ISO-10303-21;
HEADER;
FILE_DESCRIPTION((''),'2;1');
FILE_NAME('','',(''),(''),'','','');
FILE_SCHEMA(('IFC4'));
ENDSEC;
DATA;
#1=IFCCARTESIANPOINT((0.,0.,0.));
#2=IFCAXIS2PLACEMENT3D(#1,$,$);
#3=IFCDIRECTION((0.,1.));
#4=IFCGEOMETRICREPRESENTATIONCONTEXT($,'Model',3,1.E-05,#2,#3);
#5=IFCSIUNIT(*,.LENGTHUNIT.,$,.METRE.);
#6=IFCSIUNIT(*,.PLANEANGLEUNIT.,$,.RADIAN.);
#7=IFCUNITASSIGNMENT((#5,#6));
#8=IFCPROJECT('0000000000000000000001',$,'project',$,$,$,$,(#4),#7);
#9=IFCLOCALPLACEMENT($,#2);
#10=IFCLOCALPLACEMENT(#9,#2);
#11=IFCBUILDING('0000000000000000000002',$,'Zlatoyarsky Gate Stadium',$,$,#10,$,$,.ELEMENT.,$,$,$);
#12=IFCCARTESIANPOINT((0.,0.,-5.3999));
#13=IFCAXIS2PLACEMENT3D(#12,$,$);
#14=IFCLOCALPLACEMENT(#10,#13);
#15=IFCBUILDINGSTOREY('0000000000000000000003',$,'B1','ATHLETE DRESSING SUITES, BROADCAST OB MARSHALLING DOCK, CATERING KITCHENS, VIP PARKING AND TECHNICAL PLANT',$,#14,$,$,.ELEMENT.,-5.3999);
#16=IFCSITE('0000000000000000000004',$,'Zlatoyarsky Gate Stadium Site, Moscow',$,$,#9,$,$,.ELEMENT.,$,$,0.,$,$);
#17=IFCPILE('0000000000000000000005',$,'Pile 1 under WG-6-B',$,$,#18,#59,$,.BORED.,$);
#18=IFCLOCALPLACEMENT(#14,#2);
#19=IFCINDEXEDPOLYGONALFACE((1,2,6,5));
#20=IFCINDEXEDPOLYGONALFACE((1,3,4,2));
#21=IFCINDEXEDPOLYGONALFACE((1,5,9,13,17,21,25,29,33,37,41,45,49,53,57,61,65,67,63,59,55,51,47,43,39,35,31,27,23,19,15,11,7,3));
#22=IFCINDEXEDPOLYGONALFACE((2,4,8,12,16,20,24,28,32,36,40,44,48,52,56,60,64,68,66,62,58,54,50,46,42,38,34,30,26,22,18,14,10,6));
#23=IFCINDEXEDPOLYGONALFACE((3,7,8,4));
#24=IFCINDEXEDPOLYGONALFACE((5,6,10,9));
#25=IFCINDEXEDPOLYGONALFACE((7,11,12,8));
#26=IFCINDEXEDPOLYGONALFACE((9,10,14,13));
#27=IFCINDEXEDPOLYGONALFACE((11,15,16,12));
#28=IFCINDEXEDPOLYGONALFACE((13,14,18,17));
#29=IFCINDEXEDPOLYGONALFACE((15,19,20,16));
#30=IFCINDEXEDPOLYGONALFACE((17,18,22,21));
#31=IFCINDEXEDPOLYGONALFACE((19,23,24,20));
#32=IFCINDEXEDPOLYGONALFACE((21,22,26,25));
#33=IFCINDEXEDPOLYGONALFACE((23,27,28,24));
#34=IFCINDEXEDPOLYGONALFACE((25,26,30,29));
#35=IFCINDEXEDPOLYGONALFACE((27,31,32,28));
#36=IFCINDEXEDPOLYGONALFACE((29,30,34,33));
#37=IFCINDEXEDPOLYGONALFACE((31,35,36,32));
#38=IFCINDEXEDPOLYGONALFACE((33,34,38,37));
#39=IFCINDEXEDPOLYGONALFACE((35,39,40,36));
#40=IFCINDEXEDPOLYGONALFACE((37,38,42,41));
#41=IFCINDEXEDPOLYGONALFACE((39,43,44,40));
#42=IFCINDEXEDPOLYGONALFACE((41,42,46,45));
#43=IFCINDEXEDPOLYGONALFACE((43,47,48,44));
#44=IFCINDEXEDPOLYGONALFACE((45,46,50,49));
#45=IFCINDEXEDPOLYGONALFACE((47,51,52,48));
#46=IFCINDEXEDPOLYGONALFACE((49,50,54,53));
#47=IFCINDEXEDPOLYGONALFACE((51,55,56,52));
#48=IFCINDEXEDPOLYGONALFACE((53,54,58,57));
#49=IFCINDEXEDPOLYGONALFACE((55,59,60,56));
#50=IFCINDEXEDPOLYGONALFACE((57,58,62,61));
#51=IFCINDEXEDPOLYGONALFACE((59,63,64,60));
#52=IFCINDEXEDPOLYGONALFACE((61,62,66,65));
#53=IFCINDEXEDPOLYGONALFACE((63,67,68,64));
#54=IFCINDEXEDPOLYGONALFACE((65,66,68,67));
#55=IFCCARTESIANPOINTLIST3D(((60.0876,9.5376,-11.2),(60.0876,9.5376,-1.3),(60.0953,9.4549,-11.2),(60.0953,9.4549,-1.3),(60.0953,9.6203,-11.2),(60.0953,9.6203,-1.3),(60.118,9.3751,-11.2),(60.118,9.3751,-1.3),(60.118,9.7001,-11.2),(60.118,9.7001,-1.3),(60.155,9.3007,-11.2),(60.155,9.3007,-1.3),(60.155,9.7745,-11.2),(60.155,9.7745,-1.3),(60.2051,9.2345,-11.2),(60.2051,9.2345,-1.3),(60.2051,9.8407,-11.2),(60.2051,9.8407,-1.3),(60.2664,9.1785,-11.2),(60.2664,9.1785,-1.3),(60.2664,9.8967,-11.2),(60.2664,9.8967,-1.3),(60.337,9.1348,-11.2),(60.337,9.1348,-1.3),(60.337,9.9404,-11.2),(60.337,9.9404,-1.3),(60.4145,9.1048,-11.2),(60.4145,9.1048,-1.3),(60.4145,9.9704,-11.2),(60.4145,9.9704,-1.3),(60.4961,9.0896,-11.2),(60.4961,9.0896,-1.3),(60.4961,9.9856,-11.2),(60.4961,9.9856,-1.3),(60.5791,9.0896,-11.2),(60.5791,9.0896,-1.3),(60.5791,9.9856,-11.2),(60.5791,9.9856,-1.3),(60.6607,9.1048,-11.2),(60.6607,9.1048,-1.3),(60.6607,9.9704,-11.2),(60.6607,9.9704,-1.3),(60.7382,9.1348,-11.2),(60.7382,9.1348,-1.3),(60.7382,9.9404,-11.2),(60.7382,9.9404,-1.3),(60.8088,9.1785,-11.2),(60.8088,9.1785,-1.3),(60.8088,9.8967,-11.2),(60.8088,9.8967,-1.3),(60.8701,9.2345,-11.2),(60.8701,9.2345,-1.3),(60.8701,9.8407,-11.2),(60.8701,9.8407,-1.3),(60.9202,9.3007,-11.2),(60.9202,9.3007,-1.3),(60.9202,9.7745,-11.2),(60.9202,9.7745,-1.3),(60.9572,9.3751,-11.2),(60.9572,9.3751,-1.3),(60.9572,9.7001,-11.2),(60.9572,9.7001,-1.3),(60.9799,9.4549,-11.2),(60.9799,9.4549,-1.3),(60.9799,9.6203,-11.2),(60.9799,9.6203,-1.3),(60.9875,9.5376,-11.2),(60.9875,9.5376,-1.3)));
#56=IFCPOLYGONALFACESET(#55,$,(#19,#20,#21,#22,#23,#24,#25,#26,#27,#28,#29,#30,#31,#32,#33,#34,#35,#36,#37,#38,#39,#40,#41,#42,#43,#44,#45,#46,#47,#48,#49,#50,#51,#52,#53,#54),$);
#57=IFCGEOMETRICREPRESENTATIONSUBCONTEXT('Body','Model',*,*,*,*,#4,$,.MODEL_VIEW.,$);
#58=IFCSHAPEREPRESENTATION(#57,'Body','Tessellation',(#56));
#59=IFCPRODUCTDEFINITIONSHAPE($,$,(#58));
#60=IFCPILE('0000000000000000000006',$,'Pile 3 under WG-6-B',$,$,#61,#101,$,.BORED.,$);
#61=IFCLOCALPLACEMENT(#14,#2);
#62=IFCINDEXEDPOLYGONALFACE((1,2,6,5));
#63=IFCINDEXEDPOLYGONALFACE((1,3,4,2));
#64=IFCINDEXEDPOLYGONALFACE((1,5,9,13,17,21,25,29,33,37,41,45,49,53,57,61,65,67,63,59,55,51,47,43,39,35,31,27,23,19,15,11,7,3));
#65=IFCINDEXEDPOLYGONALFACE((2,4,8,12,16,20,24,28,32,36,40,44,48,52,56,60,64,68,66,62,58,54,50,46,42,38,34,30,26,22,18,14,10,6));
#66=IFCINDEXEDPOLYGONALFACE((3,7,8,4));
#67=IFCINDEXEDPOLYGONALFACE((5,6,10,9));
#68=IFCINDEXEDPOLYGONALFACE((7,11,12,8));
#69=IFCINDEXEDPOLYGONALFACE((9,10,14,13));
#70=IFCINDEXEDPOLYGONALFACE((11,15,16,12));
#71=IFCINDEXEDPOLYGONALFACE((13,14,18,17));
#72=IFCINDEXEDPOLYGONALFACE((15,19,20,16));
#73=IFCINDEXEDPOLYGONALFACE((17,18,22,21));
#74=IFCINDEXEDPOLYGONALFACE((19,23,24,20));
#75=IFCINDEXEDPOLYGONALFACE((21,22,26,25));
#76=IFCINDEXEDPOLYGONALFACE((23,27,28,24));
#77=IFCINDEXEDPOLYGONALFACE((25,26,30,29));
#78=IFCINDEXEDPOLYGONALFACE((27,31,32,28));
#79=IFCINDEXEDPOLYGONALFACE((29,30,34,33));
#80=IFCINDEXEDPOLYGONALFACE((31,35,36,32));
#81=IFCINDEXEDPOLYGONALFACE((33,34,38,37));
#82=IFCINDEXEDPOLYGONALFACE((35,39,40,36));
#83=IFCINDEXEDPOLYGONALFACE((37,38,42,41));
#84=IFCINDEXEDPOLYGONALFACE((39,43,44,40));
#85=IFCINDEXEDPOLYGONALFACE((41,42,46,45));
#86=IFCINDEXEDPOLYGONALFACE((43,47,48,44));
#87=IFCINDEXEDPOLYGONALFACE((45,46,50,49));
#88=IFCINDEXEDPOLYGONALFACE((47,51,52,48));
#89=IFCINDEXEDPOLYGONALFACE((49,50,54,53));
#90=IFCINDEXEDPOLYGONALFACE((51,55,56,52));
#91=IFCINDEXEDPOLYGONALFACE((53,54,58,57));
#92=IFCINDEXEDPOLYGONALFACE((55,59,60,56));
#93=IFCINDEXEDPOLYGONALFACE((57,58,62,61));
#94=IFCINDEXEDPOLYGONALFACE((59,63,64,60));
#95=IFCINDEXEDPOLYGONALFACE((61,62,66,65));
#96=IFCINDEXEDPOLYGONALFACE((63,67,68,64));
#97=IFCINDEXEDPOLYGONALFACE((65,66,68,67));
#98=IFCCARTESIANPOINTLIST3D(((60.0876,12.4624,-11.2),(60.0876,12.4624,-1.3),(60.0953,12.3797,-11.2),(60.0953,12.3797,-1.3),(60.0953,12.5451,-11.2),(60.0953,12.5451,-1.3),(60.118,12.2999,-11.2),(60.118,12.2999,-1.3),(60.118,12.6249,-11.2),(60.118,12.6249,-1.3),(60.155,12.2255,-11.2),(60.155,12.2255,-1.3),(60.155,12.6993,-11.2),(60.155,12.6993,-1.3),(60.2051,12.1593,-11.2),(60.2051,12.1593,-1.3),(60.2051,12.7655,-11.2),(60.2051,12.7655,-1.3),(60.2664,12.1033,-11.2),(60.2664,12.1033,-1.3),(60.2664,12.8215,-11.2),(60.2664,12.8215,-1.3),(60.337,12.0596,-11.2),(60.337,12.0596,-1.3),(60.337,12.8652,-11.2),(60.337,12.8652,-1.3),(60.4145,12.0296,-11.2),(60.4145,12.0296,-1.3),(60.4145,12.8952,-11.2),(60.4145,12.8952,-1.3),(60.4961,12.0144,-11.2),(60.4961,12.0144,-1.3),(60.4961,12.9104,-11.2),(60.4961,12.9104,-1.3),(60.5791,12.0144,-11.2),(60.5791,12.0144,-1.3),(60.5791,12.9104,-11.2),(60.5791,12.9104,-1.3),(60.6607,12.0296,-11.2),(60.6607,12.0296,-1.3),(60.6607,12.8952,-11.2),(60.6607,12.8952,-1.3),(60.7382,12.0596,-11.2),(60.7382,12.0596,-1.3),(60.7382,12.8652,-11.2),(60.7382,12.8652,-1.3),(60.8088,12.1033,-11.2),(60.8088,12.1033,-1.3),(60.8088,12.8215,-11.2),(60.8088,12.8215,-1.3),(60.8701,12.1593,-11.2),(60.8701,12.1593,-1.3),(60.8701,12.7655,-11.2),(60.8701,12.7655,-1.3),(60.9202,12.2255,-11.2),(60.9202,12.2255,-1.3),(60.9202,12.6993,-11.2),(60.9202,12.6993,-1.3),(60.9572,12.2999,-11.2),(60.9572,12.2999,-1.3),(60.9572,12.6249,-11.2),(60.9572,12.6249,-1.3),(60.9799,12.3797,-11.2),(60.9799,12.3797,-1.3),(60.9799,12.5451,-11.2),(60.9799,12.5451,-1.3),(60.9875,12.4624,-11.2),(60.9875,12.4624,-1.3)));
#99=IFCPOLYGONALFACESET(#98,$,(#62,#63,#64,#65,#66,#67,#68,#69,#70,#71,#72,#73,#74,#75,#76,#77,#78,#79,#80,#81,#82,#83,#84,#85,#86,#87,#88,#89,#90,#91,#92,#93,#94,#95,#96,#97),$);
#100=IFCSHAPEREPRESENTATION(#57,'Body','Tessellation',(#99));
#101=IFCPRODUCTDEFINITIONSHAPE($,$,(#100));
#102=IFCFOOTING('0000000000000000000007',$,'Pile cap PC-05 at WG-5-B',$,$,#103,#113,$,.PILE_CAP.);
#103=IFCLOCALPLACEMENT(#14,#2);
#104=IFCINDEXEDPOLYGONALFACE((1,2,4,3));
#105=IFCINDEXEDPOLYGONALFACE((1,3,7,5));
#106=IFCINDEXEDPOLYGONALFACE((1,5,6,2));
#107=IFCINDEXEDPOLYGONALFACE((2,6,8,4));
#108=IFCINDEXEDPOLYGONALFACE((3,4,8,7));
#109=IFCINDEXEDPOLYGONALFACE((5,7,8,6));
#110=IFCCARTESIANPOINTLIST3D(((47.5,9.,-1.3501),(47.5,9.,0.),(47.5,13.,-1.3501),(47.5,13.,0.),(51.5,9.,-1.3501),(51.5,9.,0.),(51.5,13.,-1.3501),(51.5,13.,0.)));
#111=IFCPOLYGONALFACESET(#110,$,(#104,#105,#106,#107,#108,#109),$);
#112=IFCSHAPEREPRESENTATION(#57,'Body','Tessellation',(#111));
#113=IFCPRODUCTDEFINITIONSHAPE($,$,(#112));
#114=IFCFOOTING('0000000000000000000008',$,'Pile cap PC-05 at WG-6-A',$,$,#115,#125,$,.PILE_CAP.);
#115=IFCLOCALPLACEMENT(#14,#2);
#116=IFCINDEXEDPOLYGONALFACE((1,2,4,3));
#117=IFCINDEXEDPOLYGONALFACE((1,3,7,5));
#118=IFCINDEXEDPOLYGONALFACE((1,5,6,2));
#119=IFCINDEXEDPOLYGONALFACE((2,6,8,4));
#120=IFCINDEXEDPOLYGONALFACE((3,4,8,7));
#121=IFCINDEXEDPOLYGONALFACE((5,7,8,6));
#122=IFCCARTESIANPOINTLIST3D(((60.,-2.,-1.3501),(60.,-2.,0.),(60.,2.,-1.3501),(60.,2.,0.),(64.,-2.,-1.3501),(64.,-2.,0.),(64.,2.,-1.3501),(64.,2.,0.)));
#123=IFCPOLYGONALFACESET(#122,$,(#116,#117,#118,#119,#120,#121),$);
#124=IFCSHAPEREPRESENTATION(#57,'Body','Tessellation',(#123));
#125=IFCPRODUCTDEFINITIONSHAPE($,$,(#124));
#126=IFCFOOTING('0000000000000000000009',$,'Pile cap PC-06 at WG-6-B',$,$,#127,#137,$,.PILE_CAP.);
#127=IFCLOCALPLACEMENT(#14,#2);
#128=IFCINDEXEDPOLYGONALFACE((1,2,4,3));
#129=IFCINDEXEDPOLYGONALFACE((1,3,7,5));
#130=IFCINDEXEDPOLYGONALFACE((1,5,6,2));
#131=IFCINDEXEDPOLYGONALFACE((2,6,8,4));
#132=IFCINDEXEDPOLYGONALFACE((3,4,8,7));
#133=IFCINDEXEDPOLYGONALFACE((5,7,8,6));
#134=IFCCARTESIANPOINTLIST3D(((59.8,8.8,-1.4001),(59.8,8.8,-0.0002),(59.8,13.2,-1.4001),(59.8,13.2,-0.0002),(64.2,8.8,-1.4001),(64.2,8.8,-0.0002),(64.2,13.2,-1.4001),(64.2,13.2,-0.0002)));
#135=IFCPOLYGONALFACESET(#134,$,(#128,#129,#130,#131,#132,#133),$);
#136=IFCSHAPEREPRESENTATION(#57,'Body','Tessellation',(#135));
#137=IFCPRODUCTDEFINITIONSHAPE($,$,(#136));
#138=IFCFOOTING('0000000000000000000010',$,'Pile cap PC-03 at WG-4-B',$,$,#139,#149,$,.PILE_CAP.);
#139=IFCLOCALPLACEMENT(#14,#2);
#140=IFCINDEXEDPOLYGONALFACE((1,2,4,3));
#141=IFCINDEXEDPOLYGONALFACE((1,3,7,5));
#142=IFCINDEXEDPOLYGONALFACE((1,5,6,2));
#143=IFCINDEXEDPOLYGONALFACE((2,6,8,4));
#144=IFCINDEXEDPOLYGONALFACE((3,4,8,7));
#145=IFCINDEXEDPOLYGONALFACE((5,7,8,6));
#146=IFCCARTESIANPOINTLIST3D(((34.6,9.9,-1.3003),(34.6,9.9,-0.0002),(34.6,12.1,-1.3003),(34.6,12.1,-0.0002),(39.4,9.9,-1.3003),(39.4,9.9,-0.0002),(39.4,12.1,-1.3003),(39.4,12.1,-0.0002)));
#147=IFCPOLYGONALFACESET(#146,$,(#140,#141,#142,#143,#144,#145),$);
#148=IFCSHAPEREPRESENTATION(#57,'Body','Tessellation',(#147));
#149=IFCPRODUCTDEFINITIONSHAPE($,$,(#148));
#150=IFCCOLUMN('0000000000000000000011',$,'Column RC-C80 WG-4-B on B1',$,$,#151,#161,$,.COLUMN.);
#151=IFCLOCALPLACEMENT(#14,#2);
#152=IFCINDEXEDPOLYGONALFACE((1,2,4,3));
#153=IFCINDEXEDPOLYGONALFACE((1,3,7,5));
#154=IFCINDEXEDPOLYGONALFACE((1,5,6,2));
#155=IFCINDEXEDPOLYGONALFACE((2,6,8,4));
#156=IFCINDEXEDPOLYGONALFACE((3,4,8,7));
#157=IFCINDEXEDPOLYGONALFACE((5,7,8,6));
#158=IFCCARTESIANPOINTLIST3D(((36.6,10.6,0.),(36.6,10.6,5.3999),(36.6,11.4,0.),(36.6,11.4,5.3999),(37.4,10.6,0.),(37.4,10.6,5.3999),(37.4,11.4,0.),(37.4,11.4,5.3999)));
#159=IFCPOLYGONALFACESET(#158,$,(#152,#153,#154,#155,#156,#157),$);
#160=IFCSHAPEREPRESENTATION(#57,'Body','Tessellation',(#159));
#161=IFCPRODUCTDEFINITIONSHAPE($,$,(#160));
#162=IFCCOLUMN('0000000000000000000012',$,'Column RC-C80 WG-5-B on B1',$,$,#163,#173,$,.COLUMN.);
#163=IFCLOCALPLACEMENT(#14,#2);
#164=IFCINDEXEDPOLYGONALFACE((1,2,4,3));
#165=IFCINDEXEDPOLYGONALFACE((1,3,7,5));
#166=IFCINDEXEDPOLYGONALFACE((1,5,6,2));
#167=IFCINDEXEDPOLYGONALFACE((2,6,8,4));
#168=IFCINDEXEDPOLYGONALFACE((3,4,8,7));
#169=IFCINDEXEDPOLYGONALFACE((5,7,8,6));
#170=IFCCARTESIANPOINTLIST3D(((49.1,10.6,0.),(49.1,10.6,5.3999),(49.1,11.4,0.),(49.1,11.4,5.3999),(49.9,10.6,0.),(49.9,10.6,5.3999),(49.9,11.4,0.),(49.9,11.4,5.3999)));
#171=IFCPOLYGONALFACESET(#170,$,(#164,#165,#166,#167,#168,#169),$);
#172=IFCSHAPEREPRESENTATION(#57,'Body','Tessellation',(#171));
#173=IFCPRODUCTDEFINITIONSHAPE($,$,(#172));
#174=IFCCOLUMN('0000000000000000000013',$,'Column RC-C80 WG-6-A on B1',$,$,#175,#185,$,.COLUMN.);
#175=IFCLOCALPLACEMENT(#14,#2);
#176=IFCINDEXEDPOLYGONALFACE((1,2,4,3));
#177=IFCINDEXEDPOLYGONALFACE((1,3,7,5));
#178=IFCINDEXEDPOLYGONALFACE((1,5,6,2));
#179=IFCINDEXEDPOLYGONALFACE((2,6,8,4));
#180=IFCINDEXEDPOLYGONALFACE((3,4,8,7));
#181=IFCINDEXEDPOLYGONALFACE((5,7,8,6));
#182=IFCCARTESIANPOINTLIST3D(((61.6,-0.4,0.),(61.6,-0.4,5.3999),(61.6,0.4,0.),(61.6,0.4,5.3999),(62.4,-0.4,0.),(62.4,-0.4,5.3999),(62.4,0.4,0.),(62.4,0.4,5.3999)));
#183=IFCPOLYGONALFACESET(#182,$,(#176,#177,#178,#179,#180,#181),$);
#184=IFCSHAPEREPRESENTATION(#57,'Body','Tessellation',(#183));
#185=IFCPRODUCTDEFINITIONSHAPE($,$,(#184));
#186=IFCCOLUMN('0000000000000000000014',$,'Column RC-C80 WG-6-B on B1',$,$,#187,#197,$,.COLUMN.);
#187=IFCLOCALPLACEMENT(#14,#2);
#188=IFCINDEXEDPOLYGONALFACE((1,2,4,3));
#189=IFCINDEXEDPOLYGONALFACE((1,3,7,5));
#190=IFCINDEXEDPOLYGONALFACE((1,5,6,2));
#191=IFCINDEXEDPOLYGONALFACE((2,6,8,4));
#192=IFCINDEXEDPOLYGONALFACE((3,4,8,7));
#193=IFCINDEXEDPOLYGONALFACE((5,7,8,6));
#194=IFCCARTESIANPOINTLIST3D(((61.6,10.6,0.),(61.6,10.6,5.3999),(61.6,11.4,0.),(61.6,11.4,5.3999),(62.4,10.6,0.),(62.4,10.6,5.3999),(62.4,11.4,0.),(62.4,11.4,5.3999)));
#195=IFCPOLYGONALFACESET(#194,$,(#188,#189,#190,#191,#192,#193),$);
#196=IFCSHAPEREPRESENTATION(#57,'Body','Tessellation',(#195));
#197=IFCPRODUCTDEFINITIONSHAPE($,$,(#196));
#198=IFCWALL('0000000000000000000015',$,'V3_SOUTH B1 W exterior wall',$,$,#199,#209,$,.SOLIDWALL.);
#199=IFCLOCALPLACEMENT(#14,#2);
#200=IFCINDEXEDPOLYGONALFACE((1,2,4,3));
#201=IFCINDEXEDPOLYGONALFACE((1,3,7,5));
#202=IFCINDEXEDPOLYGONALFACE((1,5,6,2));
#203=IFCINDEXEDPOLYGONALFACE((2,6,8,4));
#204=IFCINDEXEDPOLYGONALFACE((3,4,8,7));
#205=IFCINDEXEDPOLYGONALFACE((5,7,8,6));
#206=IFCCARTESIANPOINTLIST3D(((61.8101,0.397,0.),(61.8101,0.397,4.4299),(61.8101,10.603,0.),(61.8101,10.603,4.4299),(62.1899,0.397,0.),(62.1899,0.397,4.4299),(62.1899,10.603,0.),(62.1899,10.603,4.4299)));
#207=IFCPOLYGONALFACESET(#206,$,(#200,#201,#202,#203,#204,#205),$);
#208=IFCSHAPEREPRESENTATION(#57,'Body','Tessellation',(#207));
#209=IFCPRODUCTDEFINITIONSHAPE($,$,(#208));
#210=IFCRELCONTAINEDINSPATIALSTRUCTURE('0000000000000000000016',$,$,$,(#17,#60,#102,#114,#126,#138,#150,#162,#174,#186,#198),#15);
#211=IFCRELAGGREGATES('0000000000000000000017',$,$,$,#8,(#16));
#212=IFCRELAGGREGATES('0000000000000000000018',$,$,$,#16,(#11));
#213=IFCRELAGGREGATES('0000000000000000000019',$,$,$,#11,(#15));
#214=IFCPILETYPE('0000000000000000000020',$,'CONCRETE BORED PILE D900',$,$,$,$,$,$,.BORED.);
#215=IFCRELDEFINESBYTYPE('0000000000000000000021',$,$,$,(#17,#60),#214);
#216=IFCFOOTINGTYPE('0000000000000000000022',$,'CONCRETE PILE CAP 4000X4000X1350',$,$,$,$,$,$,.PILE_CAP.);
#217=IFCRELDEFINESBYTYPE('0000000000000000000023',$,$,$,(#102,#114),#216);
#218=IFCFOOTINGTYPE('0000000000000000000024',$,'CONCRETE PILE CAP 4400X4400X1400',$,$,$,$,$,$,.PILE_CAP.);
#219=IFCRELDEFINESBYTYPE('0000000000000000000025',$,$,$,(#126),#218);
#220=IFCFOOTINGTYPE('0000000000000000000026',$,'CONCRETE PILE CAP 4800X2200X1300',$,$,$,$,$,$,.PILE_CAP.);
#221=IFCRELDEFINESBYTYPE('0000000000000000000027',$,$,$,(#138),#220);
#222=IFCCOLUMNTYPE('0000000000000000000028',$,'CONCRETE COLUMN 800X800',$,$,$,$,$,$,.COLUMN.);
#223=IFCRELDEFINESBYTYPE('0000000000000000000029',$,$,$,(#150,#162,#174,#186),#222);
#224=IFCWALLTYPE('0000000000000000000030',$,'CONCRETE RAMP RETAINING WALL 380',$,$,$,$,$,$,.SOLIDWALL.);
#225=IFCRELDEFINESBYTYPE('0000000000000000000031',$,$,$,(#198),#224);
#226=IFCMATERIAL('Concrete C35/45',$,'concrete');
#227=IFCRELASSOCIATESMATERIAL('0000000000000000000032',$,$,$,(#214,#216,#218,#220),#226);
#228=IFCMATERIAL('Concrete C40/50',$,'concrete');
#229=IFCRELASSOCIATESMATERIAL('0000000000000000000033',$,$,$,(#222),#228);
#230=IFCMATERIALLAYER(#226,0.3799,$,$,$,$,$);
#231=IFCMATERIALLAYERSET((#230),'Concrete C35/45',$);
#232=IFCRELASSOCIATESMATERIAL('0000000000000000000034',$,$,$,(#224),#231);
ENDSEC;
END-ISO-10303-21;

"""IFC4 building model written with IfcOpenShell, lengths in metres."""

from ifc_helpers import new_model, si_unit, direction, frame, frame_2d, origin, origin_2d, place, context, subcontext, project, spatial, rectangle, circle, extrude, material, layer, layer_set, material_profile, profile_set, type_object, element, save


model = new_model("IFC4")

# Units and contexts
model_context = context("Model", 3, precision=1e-05, world=origin(), true_north=direction((0.0, 1.0)))
body_context = subcontext(model_context, "Body", "Model", "MODEL_VIEW")
ifc_project = project(units=[si_unit("LENGTHUNIT", "METRE"), si_unit("PLANEANGLEUNIT", "RADIAN")], contexts=[model_context])

# Site, building, storey
site_placement = place(None, origin())
site = spatial("IfcSite", under=ifc_project, at=site_placement, Name="Zlatoyarsky Gate Stadium Site, Moscow", CompositionType="ELEMENT", RefElevation=0.0)
building_placement = place(site_placement, origin())
building = spatial("IfcBuilding", under=site, at=building_placement, Name="Zlatoyarsky Gate Stadium", CompositionType="ELEMENT")
storey_placement = place(building_placement, frame((0.0, 0.0, -5.3999)))
storey = spatial("IfcBuildingStorey", under=building, at=storey_placement, Name="B1", Description="ATHLETE DRESSING SUITES, BROADCAST OB MARSHALLING DOCK, CATERING KITCHENS, VIP PARKING AND TECHNICAL PLANT", CompositionType="ELEMENT", Elevation=-5.3999)

# Piles
ifc_material_1 = material(Name="Concrete C35/45", Category="concrete")
ifc_material_profile_1 = material_profile(ifc_material_1, circle(Radius=0.45, at=origin_2d()), Name="BORED PILE D900")
ifc_profile_set_1 = profile_set([ifc_material_profile_1], Name="Concrete C35/45")
pile_type_1 = type_object("IfcPileType", Name="CONCRETE BORED PILE D900", PredefinedType="BORED", material=ifc_profile_set_1)
for number, where, z_axis, x_axis, name in (
    (1, (60.5376, 9.5376, -1.3), (0.0, 0.0, -1.0), (1.0, 0.0, 0.0), "Pile 1 under WG-6-B"),
    (2, (60.5376, 12.4624, -1.3), (0.0, 0.0, -1.0), (1.0, 0.0, 0.0), "Pile 3 under WG-6-B"),
):
    element("IfcPile", number, at=place(storey_placement, frame(where, z_axis=z_axis, x_axis=x_axis)), inside=storey, type_object=pile_type_1, Name=name, PredefinedType="BORED", context=body_context, shape_type="SweptSolid", body=[
        extrude(circle(Radius=0.45, at=origin_2d()), origin(), (0.0, 0.0, 1.0), 9.8999),
    ])

# Footings
footing_type_1 = type_object("IfcFootingType", Name="CONCRETE PILE CAP 4000X4000X1350", PredefinedType="PILE_CAP", material=ifc_material_1)
for number, where, z_axis, x_axis, name in (
    (3, (49.5, 11.0, -1.3501), (0.0, 0.0, 1.0), (1.0, 0.0, 0.0), "Pile cap PC-05 at WG-5-B"),
    (4, (62.0, 0.0, -1.3501), (0.0, 0.0, 1.0), (1.0, 0.0, 0.0), "Pile cap PC-05 at WG-6-A"),
):
    element("IfcFooting", number, at=place(storey_placement, frame(where, z_axis=z_axis, x_axis=x_axis)), inside=storey, type_object=footing_type_1, Name=name, PredefinedType="PILE_CAP", context=body_context, shape_type="SweptSolid", body=[
        extrude(rectangle(XDim=4.0, YDim=4.0, at=origin_2d()), origin(), (0.0, 0.0, 1.0), 1.3501),
    ])
footing_type_2 = type_object("IfcFootingType", Name="CONCRETE PILE CAP 4400X4400X1400", PredefinedType="PILE_CAP", material=ifc_material_1)
footing_1_placement = place(storey_placement, frame((62.0, 11.0, -1.4001), z_axis=(0.0, 0.0, 1.0), x_axis=(1.0, 0.0, 0.0)))
element("IfcFooting", 5, at=footing_1_placement, inside=storey, type_object=footing_type_2, Name="Pile cap PC-06 at WG-6-B", PredefinedType="PILE_CAP", context=body_context, shape_type="SweptSolid", body=[
    extrude(rectangle(XDim=4.3999, YDim=4.3999, at=origin_2d()), origin(), (0.0, 0.0, 1.0), 1.3999),
])
footing_type_3 = type_object("IfcFootingType", Name="CONCRETE PILE CAP 4800X2200X1300", PredefinedType="PILE_CAP", material=ifc_material_1)
footing_2_placement = place(storey_placement, frame((37.0, 11.0, -1.3003), z_axis=(0.0, 0.0, 1.0), x_axis=(1.0, 0.0, 0.0)))
element("IfcFooting", 6, at=footing_2_placement, inside=storey, type_object=footing_type_3, Name="Pile cap PC-03 at WG-4-B", PredefinedType="PILE_CAP", context=body_context, shape_type="SweptSolid", body=[
    extrude(rectangle(XDim=4.8, YDim=2.2, at=origin_2d()), origin(), (0.0, 0.0, 1.0), 1.3),
])

# Columns
ifc_material_2 = material(Name="Concrete C40/50", Category="concrete")
ifc_material_profile_2 = material_profile(ifc_material_2, rectangle(XDim=0.8, YDim=0.8, at=origin_2d()), Name="RC COL 800X800")
ifc_profile_set_2 = profile_set([ifc_material_profile_2], Name="Concrete C40/50")
column_type = type_object("IfcColumnType", Name="CONCRETE COLUMN 800X800", PredefinedType="COLUMN", material=ifc_profile_set_2)
for number, where, z_axis, x_axis, name in (
    (7, (37.0, 11.0, 0.0), (0.0, 0.0, 1.0), (1.0, 0.0, 0.0), "Column RC-C80 WG-4-B on B1"),
    (8, (49.5, 11.0, 0.0), (0.0, 0.0, 1.0), (1.0, 0.0, 0.0), "Column RC-C80 WG-5-B on B1"),
    (9, (62.0, 0.0, 0.0), (0.0, 0.0, 1.0), (1.0, 0.0, 0.0), "Column RC-C80 WG-6-A on B1"),
    (10, (62.0, 11.0, 0.0), (0.0, 0.0, 1.0), (1.0, 0.0, 0.0), "Column RC-C80 WG-6-B on B1"),
):
    element("IfcColumn", number, at=place(storey_placement, frame(where, z_axis=z_axis, x_axis=x_axis)), inside=storey, type_object=column_type, Name=name, PredefinedType="COLUMN", context=body_context, shape_type="SweptSolid", body=[
        extrude(rectangle(XDim=0.8, YDim=0.8, at=origin_2d()), origin(), (0.0, 0.0, 1.0), 5.3999),
    ])

# Wall
ifc_layer_1 = layer(ifc_material_1, 0.3799)
ifc_layer_set_1 = layer_set([ifc_layer_1], Name="Concrete C35/45")
wall_type_1 = type_object("IfcWallType", Name="CONCRETE RAMP RETAINING WALL 380", PredefinedType="SOLIDWALL", material=ifc_layer_set_1)
wall_1_placement = place(storey_placement, frame((62.0, 0.397, 0.0), z_axis=(0.0, 0.0, 1.0), x_axis=(0.0, 1.0, 0.0)))
element("IfcWall", 11, at=wall_1_placement, inside=storey, type_object=wall_type_1, Name="V3_SOUTH B1 W exterior wall", PredefinedType="SOLIDWALL", context=body_context, shape_type="SweptSolid", body=[
    extrude(rectangle(XDim=10.2061, YDim=0.3799, at=frame_2d((5.103, 0.0))), origin(), (0.0, 0.0, 1.0), 4.4299),
])

save(model, "model.ifc")
